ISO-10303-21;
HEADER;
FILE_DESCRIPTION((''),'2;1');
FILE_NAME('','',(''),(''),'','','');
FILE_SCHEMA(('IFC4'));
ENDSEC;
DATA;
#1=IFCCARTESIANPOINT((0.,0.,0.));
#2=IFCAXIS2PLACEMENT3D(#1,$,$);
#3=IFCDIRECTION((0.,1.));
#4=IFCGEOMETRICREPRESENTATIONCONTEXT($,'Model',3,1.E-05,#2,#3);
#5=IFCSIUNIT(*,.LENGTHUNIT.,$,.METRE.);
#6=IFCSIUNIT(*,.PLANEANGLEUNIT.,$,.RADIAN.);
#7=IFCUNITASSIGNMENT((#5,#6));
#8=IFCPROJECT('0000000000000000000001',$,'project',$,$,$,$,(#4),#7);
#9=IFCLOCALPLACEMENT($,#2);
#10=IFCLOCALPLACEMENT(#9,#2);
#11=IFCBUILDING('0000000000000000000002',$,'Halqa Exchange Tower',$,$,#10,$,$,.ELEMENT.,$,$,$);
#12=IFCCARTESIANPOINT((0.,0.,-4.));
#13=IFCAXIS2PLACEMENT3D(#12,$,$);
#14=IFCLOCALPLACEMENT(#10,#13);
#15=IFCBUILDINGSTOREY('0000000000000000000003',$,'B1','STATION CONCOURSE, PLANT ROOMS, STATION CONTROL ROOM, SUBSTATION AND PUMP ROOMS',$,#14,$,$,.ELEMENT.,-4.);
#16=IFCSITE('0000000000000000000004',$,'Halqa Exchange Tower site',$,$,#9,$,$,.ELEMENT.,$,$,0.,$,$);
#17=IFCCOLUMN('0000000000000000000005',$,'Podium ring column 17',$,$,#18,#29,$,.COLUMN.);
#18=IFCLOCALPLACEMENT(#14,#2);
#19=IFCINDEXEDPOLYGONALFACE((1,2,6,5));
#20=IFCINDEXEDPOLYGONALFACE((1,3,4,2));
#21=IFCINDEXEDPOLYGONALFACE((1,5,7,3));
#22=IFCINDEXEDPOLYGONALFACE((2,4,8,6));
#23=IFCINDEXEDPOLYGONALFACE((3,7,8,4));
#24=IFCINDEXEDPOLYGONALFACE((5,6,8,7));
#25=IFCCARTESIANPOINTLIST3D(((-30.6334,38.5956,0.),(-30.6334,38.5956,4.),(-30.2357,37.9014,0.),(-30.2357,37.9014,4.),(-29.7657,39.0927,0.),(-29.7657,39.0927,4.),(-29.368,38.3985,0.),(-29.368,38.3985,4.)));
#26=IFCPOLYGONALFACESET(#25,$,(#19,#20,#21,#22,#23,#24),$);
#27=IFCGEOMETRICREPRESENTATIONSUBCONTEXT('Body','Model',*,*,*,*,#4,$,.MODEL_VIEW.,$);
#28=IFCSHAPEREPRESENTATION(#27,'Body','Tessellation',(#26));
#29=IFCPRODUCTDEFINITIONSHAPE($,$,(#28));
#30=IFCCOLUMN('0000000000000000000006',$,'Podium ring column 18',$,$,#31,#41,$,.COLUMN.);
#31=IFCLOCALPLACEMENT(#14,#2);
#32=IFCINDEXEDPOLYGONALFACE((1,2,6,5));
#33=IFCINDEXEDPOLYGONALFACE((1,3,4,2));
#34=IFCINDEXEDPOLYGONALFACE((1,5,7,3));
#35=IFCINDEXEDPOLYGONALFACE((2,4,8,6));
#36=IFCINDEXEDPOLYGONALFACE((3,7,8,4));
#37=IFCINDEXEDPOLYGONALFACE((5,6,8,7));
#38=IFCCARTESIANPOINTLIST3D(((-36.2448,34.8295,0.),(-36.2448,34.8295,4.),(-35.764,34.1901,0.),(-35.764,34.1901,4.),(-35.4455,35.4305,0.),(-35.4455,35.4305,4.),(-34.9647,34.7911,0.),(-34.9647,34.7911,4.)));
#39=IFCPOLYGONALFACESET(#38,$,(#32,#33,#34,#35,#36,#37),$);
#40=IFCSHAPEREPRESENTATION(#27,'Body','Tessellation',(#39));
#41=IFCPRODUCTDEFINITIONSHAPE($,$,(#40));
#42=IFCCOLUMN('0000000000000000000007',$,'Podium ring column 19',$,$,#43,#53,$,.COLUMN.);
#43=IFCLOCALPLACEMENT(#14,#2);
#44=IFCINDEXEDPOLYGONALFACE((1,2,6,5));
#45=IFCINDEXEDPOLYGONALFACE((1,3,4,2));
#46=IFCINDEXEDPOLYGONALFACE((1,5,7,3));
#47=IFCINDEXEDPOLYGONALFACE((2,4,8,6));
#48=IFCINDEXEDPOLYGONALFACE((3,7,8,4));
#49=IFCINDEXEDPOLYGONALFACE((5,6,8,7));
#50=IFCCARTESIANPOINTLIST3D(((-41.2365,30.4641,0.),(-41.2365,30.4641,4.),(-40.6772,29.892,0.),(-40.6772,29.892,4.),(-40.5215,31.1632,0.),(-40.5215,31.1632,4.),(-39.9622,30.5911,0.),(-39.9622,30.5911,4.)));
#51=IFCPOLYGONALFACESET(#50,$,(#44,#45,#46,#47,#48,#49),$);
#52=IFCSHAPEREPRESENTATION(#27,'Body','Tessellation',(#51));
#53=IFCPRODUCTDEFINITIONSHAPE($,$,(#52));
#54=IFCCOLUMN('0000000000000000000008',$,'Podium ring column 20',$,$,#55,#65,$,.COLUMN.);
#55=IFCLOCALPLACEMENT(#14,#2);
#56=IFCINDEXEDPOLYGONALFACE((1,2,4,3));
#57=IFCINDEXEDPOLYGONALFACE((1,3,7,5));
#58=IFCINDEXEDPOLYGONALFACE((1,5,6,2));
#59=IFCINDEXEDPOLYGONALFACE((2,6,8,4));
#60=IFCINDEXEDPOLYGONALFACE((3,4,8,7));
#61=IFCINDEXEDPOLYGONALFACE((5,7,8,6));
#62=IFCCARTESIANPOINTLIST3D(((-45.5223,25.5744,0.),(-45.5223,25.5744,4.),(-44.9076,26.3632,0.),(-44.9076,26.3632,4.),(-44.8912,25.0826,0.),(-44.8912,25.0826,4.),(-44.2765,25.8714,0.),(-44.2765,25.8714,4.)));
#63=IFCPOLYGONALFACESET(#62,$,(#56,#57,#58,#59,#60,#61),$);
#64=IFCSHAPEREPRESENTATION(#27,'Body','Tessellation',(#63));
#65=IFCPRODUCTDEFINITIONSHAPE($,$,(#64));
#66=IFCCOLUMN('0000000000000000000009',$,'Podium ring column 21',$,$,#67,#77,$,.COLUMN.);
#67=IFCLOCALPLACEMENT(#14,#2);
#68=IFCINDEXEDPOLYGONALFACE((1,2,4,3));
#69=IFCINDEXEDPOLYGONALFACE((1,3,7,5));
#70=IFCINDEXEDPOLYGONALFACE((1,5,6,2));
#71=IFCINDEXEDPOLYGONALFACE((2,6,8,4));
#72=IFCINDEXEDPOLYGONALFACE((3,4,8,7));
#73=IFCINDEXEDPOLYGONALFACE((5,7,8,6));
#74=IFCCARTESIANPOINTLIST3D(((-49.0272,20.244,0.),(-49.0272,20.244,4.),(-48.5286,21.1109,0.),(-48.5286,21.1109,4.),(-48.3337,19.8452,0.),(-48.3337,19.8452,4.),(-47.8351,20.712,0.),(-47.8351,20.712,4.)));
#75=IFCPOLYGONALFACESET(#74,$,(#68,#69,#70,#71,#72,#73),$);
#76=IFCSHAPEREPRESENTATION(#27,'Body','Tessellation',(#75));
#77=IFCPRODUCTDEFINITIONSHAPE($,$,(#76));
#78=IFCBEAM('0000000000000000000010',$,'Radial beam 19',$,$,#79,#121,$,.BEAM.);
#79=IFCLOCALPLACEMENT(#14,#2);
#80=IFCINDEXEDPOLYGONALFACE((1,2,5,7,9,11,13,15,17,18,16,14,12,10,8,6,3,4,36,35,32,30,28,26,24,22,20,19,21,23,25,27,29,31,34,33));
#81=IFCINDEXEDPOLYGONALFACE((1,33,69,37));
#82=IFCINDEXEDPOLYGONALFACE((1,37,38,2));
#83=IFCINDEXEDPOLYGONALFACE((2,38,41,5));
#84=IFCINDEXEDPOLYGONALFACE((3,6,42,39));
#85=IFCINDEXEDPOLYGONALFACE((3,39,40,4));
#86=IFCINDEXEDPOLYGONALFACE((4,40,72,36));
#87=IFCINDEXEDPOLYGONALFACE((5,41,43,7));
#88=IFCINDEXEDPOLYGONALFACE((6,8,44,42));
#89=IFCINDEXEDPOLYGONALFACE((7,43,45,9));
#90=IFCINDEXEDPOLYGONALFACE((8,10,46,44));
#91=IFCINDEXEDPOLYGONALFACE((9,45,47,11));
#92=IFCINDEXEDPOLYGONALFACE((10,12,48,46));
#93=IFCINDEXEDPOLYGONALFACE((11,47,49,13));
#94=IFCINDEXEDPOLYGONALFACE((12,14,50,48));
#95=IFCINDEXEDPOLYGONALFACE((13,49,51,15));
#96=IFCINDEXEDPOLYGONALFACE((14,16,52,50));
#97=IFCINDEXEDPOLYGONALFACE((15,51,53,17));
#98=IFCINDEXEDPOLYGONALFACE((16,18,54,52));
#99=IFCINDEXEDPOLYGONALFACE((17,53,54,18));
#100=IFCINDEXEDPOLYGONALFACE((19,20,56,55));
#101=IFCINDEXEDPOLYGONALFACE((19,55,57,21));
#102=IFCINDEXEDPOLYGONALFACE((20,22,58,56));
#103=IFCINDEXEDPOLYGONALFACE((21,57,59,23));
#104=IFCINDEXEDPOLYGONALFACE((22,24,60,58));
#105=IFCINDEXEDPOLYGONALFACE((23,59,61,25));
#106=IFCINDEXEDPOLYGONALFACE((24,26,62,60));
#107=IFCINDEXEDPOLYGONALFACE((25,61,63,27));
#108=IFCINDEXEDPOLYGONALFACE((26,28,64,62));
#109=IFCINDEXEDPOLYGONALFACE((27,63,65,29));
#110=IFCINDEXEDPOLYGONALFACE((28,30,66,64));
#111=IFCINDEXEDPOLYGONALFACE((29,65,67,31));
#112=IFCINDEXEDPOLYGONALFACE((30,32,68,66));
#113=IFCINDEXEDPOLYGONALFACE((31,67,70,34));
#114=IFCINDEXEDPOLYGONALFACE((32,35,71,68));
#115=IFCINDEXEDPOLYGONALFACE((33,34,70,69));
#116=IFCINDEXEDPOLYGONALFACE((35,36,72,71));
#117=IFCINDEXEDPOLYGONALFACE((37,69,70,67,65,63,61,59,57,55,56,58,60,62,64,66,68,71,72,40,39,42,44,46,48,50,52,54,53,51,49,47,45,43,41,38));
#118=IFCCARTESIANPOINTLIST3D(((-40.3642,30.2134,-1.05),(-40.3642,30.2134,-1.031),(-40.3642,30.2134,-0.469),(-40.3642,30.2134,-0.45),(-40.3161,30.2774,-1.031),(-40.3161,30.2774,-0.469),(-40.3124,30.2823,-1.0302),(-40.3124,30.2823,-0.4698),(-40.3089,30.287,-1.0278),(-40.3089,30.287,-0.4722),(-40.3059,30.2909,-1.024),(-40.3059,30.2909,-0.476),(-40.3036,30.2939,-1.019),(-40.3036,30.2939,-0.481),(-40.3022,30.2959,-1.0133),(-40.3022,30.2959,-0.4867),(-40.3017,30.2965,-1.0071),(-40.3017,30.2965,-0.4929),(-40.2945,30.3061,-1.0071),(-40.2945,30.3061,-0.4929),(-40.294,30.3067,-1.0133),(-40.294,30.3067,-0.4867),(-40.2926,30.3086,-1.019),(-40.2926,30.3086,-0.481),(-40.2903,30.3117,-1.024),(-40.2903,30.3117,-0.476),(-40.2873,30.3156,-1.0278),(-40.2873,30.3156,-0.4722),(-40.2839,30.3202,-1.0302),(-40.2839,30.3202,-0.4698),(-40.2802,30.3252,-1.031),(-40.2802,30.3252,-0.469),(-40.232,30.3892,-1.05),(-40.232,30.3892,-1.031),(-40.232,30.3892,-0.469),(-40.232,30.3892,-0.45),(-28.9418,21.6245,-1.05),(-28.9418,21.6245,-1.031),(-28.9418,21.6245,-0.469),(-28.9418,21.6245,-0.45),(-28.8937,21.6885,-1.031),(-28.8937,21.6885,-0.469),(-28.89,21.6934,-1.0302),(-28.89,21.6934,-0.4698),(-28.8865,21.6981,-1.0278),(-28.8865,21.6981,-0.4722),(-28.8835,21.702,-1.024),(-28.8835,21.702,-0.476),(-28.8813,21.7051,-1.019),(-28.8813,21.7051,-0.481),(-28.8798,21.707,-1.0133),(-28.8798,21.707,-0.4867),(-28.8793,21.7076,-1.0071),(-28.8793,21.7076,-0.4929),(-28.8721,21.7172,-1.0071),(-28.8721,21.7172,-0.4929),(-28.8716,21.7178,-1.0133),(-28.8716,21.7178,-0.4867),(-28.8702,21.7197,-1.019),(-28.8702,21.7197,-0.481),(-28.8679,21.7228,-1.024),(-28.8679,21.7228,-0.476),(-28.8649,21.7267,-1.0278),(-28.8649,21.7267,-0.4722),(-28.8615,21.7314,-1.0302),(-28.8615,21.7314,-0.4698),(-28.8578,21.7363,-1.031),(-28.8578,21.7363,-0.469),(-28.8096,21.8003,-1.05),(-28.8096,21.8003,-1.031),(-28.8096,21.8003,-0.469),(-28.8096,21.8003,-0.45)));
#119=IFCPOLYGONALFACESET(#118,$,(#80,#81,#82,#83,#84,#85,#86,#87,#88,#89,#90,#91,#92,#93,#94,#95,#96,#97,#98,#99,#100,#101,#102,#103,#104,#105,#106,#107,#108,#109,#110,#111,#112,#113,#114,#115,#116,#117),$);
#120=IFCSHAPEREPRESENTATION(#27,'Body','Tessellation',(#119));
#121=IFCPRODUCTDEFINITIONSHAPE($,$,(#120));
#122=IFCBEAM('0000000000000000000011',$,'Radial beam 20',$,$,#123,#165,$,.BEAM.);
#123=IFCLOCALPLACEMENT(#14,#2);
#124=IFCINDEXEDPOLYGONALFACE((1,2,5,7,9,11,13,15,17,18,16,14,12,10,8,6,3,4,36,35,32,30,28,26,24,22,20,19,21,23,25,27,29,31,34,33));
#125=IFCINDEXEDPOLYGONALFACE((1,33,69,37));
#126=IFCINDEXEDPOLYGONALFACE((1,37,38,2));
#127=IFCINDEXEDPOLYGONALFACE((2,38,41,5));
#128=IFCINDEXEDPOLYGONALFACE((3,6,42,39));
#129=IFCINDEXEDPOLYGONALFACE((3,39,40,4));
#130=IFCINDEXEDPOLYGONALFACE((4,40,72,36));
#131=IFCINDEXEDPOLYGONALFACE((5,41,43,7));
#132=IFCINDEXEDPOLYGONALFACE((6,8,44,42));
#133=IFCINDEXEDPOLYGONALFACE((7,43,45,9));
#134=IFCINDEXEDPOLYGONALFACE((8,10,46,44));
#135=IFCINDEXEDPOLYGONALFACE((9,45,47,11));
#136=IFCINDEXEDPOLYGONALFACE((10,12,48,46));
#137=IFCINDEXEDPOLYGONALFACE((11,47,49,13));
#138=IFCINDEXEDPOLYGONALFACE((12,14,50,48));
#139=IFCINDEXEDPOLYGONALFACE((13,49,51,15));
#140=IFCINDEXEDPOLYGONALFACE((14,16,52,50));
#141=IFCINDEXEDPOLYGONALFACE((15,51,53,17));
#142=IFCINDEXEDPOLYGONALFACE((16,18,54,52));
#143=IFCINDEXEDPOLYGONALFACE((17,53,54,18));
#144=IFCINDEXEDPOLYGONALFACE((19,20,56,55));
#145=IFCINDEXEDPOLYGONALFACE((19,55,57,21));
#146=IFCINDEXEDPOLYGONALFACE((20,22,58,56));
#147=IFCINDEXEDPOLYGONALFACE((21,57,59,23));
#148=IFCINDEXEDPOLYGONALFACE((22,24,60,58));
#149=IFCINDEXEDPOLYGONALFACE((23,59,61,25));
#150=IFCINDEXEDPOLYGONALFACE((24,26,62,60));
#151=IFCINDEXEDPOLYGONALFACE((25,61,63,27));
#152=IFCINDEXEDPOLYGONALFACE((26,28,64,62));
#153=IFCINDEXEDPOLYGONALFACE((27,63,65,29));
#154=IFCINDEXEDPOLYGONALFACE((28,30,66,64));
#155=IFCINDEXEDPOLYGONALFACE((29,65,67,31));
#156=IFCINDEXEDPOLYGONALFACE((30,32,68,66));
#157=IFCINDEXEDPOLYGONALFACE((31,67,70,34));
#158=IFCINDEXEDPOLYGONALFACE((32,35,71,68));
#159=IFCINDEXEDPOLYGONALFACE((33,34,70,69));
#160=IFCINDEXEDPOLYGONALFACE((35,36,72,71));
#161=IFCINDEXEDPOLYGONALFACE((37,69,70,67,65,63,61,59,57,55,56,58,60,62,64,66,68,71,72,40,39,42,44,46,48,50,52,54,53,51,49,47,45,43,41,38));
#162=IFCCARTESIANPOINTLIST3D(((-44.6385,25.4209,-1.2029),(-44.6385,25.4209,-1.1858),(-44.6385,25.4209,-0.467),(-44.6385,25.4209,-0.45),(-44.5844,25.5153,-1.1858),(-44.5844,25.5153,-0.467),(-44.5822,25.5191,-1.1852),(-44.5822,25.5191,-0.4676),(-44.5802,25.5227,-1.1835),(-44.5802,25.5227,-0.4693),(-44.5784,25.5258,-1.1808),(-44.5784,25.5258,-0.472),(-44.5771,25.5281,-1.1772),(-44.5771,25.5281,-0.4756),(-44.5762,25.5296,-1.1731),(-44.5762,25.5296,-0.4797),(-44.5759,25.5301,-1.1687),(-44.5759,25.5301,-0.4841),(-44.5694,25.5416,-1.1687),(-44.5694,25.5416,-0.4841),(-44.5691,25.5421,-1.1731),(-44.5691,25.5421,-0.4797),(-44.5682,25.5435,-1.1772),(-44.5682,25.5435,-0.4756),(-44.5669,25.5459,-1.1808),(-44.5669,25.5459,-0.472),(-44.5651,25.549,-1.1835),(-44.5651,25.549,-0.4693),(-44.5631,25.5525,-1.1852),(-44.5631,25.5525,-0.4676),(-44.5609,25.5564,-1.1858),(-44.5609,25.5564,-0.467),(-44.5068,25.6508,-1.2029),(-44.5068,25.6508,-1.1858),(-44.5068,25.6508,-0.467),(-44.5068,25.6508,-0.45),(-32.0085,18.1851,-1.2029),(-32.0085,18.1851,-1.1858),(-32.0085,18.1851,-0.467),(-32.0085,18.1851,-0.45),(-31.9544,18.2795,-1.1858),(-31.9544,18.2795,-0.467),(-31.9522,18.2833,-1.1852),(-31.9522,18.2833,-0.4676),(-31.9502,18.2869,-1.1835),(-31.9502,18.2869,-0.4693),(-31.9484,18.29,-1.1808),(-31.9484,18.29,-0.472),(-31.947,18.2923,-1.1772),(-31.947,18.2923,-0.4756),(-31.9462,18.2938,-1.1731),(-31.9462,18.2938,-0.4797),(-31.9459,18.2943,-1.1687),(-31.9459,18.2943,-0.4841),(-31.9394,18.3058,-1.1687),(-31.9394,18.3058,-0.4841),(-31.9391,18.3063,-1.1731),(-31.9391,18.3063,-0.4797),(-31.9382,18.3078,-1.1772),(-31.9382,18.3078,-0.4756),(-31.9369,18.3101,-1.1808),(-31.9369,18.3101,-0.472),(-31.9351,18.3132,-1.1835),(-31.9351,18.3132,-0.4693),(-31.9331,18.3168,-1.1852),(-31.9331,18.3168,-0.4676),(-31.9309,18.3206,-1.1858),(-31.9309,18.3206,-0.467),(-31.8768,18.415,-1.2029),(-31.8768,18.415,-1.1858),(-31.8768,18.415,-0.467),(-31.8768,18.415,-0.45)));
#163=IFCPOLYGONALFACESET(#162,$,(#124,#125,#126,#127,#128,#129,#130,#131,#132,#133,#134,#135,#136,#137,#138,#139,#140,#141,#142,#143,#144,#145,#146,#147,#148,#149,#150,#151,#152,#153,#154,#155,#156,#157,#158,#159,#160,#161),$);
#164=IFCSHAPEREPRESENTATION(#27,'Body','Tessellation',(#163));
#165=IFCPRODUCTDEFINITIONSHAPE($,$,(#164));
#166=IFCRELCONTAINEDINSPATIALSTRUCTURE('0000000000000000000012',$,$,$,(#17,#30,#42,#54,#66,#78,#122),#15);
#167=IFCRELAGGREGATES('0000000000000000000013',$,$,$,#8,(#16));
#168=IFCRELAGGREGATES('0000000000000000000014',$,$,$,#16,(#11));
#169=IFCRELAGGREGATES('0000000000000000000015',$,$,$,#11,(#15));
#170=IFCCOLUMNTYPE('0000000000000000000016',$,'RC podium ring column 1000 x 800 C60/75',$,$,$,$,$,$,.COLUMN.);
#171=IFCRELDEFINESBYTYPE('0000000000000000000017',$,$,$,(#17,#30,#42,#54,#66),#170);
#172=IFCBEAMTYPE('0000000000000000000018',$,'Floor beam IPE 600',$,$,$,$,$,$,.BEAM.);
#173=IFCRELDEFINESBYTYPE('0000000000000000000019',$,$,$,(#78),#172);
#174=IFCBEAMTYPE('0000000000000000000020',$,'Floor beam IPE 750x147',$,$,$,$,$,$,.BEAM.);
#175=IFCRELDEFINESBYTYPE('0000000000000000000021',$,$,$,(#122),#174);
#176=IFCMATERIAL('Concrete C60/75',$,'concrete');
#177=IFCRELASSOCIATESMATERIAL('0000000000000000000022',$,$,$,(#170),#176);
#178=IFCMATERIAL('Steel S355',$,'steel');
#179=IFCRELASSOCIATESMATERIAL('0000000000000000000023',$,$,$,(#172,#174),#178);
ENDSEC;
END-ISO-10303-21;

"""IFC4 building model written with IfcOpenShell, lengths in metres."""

from ifc_helpers import new_model, si_unit, direction, frame, origin, origin_2d, place, context, subcontext, project, spatial, rectangle, i_section, extrude, material, material_profile, profile_set, type_object, element, save


model = new_model("IFC4")

# Units and contexts
model_context = context("Model", 3, precision=1e-05, world=origin(), true_north=direction((0.0, 1.0)))
body_context = subcontext(model_context, "Body", "Model", "MODEL_VIEW")
ifc_project = project(units=[si_unit("LENGTHUNIT", "METRE"), si_unit("PLANEANGLEUNIT", "RADIAN")], contexts=[model_context])

# Site, building, storey
site_placement = place(None, origin())
site = spatial("IfcSite", under=ifc_project, at=site_placement, Name="Halqa Exchange Tower site", CompositionType="ELEMENT", RefElevation=0.0)
building_placement = place(site_placement, origin())
building = spatial("IfcBuilding", under=site, at=building_placement, Name="Halqa Exchange Tower", CompositionType="ELEMENT")
storey_placement = place(building_placement, frame((0.0, 0.0, -4.0)))
storey = spatial("IfcBuildingStorey", under=building, at=storey_placement, Name="B1", Description="STATION CONCOURSE, PLANT ROOMS, STATION CONTROL ROOM, SUBSTATION AND PUMP ROOMS", CompositionType="ELEMENT", Elevation=-4.0)

# Columns
ifc_material_1 = material(Name="Concrete C60/75", Category="concrete")
ifc_material_profile_1 = material_profile(ifc_material_1, rectangle(XDim=1.0, YDim=0.8, at=origin_2d()), Name="1000 x 800")
ifc_profile_set_1 = profile_set([ifc_material_profile_1], Name="Concrete C60/75")
column_type = type_object("IfcColumnType", Name="RC podium ring column 1000 x 800 C60/75", PredefinedType="COLUMN", material=ifc_profile_set_1)
for number, where, z_axis, x_axis, name in (
    (1, (-30.0007, 38.4971, 0.0), (0.0, 0.0, 1.0), (-0.867693, -0.4971, 0.0), "Podium ring column 17"),
    (2, (-35.6047, 34.8103, 0.0), (0.0, 0.0, 1.0), (-0.79926, -0.600985, 0.0), "Podium ring column 18"),
    (3, (-40.5994, 30.5276, 0.0), (0.0, 0.0, 1.0), (-0.715039, -0.699085, 0.0), "Podium ring column 19"),
    (4, (-44.8994, 25.7229, 0.0), (0.0, 0.0, 1.0), (-0.614691, -0.788768, 0.0), "Podium ring column 20"),
    (5, (-48.4312, 20.478, 0.0), (0.0, 0.0, 1.0), (-0.498569, -0.86685, 0.0), "Podium ring column 21"),
):
    element("IfcColumn", number, at=place(storey_placement, frame(where, z_axis=z_axis, x_axis=x_axis)), inside=storey, type_object=column_type, Name=name, PredefinedType="COLUMN", context=body_context, shape_type="SweptSolid", body=[
        extrude(rectangle(XDim=1.0, YDim=0.8, at=origin_2d()), origin(), (0.0, 0.0, 1.0), 4.0),
    ])

# Beams
ifc_material_2 = material(Name="Steel S355", Category="steel")
ifc_material_profile_2 = material_profile(ifc_material_2, i_section(OverallWidth=0.22, OverallDepth=0.6001, WebThickness=0.012, FlangeThickness=0.019, FilletRadius=0.0239, at=origin_2d()), Name="IPE 600")
ifc_profile_set_2 = profile_set([ifc_material_profile_2], Name="Steel S355")
beam_type_1 = type_object("IfcBeamType", Name="Floor beam IPE 600", PredefinedType="BEAM", material=ifc_profile_set_2)
beam_1_placement = place(storey_placement, frame((-28.8757, 21.7124, -0.75), z_axis=(-0.799257, 0.600989, 0.0), x_axis=(-0.600989, -0.799257, 0.0)))
element("IfcBeam", 6, at=beam_1_placement, inside=storey, type_object=beam_type_1, Name="Radial beam 19", PredefinedType="BEAM", context=body_context, shape_type="SweptSolid", body=[
    extrude(i_section(OverallWidth=0.22, OverallDepth=0.6001, WebThickness=0.012, FlangeThickness=0.019, FilletRadius=0.0239, at=origin_2d()), origin(), (0.0, 0.0, 1.0), 14.2913),
])
ifc_material_profile_3 = material_profile(ifc_material_2, i_section(OverallWidth=0.2649, OverallDepth=0.7529, WebThickness=0.0132, FlangeThickness=0.0171, FilletRadius=0.0171, at=origin_2d()), Name="IPE 750x147")
ifc_profile_set_3 = profile_set([ifc_material_profile_3], Name="Steel S355")
beam_type_2 = type_object("IfcBeamType", Name="Floor beam IPE 750x147", PredefinedType="BEAM", material=ifc_profile_set_3)
beam_2_placement = place(storey_placement, frame((-31.9426, 18.3, -0.8264), z_axis=(-0.867691, 0.497103, 0.0), x_axis=(-0.497103, -0.867691, 0.0)))
element("IfcBeam", 7, at=beam_2_placement, inside=storey, type_object=beam_type_2, Name="Radial beam 20", PredefinedType="BEAM", context=body_context, shape_type="SweptSolid", body=[
    extrude(i_section(OverallWidth=0.2649, OverallDepth=0.7529, WebThickness=0.0132, FlangeThickness=0.0171, FilletRadius=0.0171, at=origin_2d()), origin(), (0.0, 0.0, 1.0), 14.5559),
])

save(model, "model.ifc")
